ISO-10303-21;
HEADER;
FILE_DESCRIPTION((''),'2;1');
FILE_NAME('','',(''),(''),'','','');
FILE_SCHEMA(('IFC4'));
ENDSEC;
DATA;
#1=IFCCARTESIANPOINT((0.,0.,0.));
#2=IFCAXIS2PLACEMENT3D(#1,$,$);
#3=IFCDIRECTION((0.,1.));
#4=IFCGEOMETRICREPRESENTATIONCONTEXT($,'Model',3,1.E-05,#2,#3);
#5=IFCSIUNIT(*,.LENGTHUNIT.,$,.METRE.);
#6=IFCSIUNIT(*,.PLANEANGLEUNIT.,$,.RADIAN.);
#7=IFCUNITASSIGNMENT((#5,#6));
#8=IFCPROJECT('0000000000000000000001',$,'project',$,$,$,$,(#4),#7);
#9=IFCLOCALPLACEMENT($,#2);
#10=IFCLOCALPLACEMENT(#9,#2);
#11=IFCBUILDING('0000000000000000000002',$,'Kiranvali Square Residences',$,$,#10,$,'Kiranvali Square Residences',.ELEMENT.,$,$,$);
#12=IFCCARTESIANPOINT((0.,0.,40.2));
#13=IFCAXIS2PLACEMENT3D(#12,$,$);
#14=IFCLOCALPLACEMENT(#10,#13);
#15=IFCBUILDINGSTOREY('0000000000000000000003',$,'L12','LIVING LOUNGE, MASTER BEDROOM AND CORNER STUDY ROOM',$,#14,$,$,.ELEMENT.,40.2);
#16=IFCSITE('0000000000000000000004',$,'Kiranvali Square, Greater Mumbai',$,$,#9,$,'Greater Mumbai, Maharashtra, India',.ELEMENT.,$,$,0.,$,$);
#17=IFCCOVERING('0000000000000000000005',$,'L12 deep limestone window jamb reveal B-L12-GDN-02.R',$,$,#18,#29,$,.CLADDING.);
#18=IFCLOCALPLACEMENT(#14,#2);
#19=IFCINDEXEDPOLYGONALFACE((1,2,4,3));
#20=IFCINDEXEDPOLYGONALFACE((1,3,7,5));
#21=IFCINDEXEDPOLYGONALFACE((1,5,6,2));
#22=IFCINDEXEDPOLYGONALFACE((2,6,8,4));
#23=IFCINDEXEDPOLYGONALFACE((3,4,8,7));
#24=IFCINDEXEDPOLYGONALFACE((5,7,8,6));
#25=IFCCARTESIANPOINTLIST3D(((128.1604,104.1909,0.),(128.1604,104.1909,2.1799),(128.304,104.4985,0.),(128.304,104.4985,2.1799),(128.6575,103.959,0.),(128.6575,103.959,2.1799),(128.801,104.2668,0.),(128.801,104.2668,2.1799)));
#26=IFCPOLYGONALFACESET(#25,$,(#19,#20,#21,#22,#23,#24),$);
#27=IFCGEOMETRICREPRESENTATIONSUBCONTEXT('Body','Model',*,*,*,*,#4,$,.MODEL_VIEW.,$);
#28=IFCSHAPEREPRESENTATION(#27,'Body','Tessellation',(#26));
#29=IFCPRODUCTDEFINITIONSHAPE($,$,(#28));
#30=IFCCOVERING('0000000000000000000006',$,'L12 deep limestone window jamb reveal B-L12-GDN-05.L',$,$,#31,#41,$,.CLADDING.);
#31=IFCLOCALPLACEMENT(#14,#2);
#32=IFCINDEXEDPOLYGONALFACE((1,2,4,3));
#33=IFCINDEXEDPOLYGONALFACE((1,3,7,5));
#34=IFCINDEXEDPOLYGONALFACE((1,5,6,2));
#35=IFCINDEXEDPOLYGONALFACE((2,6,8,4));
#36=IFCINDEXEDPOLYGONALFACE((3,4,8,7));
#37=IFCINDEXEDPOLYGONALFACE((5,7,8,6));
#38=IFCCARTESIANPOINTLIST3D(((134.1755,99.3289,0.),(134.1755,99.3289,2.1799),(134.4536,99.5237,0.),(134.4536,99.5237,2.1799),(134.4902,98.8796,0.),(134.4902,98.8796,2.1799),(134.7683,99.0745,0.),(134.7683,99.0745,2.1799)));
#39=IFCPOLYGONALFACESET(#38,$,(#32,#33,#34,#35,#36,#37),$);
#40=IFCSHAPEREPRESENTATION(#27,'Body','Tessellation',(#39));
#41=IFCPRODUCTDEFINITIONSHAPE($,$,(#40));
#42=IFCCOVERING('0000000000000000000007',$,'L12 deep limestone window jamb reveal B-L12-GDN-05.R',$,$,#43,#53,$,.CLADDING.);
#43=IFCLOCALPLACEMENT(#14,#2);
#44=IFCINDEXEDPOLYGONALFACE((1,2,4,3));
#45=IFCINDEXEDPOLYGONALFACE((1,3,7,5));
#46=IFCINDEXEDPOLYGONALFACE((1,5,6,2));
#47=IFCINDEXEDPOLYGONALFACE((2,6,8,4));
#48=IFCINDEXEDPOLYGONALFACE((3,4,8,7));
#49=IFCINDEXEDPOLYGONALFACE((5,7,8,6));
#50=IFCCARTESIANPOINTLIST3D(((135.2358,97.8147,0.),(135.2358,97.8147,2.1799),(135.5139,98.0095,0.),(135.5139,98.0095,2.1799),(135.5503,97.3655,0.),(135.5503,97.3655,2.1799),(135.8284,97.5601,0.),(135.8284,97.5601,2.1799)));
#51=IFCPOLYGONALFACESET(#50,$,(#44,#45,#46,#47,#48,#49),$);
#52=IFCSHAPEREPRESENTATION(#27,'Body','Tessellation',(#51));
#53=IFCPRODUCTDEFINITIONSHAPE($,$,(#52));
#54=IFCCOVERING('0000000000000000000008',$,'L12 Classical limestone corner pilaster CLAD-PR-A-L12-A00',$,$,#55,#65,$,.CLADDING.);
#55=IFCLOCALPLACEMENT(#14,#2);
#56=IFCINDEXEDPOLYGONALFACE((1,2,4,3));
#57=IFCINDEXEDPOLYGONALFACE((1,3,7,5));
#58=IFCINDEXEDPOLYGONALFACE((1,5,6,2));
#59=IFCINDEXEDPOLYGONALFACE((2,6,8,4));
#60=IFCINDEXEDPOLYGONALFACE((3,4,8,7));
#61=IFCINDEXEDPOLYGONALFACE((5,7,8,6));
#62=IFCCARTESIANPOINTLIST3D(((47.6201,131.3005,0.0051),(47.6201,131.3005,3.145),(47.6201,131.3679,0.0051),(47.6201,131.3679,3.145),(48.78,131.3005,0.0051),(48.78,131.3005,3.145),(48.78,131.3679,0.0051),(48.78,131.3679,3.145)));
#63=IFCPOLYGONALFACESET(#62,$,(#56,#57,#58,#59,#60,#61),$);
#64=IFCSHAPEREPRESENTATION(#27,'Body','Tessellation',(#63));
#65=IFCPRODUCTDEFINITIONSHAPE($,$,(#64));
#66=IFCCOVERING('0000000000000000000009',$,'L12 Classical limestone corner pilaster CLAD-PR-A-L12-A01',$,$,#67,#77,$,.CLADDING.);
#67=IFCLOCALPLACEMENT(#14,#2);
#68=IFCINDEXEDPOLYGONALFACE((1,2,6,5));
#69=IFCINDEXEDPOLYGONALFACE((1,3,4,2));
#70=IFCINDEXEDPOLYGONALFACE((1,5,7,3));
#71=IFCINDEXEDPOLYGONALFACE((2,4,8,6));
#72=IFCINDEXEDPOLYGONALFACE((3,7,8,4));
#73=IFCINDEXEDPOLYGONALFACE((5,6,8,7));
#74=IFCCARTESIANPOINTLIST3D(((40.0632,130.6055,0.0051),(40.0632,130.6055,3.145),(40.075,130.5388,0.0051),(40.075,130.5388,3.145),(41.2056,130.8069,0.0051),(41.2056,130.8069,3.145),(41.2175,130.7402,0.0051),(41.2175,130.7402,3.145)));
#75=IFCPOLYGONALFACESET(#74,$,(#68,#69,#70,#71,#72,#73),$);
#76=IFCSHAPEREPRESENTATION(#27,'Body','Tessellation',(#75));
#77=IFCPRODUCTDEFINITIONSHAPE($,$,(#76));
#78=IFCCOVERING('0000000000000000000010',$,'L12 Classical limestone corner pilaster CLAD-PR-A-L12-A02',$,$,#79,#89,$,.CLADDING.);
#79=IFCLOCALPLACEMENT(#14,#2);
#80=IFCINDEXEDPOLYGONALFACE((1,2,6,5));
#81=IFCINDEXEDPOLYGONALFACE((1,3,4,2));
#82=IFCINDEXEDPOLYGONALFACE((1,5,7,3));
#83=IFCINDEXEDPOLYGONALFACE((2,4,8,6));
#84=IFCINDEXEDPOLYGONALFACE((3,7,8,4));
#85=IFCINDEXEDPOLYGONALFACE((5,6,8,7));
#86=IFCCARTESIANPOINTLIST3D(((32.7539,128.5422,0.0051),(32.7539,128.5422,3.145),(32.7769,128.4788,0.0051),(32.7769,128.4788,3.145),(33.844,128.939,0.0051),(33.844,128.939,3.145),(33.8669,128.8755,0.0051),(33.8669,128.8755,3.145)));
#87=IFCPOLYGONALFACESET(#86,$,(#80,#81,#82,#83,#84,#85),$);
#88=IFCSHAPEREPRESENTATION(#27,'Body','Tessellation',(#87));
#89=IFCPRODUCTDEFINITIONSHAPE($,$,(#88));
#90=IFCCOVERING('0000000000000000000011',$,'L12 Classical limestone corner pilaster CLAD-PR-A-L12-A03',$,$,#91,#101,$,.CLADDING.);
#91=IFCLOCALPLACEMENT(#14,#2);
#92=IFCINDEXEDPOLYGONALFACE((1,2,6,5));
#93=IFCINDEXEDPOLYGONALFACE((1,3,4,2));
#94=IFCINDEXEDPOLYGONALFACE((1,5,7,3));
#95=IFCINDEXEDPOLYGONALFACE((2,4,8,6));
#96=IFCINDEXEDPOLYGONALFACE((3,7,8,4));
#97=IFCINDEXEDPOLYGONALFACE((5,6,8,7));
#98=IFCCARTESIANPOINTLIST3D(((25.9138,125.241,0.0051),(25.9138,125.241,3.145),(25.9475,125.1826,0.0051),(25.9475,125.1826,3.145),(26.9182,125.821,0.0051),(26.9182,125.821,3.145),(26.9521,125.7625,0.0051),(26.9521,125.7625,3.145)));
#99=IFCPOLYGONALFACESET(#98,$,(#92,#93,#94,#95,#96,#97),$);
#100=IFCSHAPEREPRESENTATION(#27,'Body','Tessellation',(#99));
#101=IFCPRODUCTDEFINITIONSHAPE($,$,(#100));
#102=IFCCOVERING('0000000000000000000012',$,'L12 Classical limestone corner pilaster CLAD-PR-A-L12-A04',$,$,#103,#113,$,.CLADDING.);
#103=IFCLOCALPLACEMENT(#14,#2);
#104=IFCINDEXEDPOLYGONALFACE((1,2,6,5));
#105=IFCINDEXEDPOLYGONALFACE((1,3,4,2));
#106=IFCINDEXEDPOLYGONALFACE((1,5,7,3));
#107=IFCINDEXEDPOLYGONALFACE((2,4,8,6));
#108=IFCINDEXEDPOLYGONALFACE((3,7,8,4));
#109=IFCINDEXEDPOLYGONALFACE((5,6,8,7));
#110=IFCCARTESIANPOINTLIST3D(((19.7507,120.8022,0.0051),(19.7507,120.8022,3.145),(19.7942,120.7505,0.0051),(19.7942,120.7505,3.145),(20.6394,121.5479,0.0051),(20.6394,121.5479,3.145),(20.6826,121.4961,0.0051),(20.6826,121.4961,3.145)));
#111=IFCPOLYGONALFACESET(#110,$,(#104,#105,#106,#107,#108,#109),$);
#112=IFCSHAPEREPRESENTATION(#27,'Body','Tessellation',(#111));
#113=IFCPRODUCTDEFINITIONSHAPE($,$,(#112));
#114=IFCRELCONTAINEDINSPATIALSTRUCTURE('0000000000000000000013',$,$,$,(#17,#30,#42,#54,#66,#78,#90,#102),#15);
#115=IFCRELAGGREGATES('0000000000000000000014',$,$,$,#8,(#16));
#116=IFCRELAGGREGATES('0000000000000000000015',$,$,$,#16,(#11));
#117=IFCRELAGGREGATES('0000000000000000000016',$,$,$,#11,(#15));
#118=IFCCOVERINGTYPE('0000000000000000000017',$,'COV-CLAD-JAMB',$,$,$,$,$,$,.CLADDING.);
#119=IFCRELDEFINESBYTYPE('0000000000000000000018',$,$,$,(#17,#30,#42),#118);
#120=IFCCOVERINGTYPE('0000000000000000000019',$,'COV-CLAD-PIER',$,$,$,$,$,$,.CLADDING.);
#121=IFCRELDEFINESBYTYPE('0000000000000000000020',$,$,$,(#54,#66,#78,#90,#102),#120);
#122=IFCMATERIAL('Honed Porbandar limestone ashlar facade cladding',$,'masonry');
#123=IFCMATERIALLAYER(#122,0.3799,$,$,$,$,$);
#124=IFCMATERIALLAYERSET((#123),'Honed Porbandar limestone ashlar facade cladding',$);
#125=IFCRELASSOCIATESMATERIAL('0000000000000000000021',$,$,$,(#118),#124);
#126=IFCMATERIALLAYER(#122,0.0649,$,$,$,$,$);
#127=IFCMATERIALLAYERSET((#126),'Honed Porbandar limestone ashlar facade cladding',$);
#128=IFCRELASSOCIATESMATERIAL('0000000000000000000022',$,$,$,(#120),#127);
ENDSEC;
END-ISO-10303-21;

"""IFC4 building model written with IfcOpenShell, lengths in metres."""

from ifc_helpers import new_model, si_unit, direction, frame, origin, place, context, subcontext, project, spatial, polyline, outline, extrude, material, layer, layer_set, type_object, element, save


model = new_model("IFC4")

# Units and contexts
model_context = context("Model", 3, precision=1e-05, world=origin(), true_north=direction((0.0, 1.0)))
body_context = subcontext(model_context, "Body", "Model", "MODEL_VIEW")
ifc_project = project(units=[si_unit("LENGTHUNIT", "METRE"), si_unit("PLANEANGLEUNIT", "RADIAN")], contexts=[model_context])

# Site, building, storey
site_placement = place(None, origin())
site = spatial("IfcSite", under=ifc_project, at=site_placement, Name="Kiranvali Square, Greater Mumbai", LongName="Greater Mumbai, Maharashtra, India", CompositionType="ELEMENT", RefElevation=0.0)
building_placement = place(site_placement, origin())
building = spatial("IfcBuilding", under=site, at=building_placement, Name="Kiranvali Square Residences", LongName="Kiranvali Square Residences", CompositionType="ELEMENT")
storey_placement = place(building_placement, frame((0.0, 0.0, 40.2)))
storey = spatial("IfcBuildingStorey", under=building, at=storey_placement, Name="L12", Description="LIVING LOUNGE, MASTER BEDROOM AND CORNER STUDY ROOM", CompositionType="ELEMENT", Elevation=40.2)

# Coverings
ifc_material_1 = material(Name="Honed Porbandar limestone ashlar facade cladding", Category="masonry")
ifc_layer_1 = layer(ifc_material_1, 0.3799)
ifc_layer_set_1 = layer_set([ifc_layer_1], Name="Honed Porbandar limestone ashlar facade cladding")
covering_type_1 = type_object("IfcCoveringType", Name="COV-CLAD-JAMB", PredefinedType="CLADDING", material=ifc_layer_set_1)
covering_1_placement = place(storey_placement, origin())
element("IfcCovering", 1, at=covering_1_placement, inside=storey, type_object=covering_type_1, Name="L12 deep limestone window jamb reveal B-L12-GDN-02.R", PredefinedType="CLADDING", context=body_context, shape_type="SweptSolid", body=[
    extrude(outline(polyline([(128.1604, 104.1909), (128.6575, 103.959), (128.801, 104.2668), (128.304, 104.4985), (128.1604, 104.1909)])), origin(), (0.0, 0.0, 1.0), 2.1799),
])
covering_2_placement = place(storey_placement, origin())
element("IfcCovering", 2, at=covering_2_placement, inside=storey, type_object=covering_type_1, Name="L12 deep limestone window jamb reveal B-L12-GDN-05.L", PredefinedType="CLADDING", context=body_context, shape_type="SweptSolid", body=[
    extrude(outline(polyline([(134.1755, 99.3289), (134.4902, 98.8796), (134.7683, 99.0745), (134.4536, 99.5237), (134.1755, 99.3289)])), origin(), (0.0, 0.0, 1.0), 2.1799),
])
covering_3_placement = place(storey_placement, origin())
element("IfcCovering", 3, at=covering_3_placement, inside=storey, type_object=covering_type_1, Name="L12 deep limestone window jamb reveal B-L12-GDN-05.R", PredefinedType="CLADDING", context=body_context, shape_type="SweptSolid", body=[
    extrude(outline(polyline([(135.2358, 97.8147), (135.5503, 97.3655), (135.8284, 97.5601), (135.5139, 98.0095), (135.2358, 97.8147)])), origin(), (0.0, 0.0, 1.0), 2.1799),
])
ifc_layer_2 = layer(ifc_material_1, 0.0649)
ifc_layer_set_2 = layer_set([ifc_layer_2], Name="Honed Porbandar limestone ashlar facade cladding")
covering_type_2 = type_object("IfcCoveringType", Name="COV-CLAD-PIER", PredefinedType="CLADDING", material=ifc_layer_set_2)
covering_4_placement = place(storey_placement, frame((0.0, 0.0, 0.0051)))
element("IfcCovering", 4, at=covering_4_placement, inside=storey, type_object=covering_type_2, Name="L12 Classical limestone corner pilaster CLAD-PR-A-L12-A00", PredefinedType="CLADDING", context=body_context, shape_type="SweptSolid", body=[
    extrude(outline(polyline([(48.78, 131.3679), (47.6201, 131.3679), (47.6201, 131.3005), (48.78, 131.3005), (48.78, 131.3679)])), origin(), (0.0, 0.0, 1.0), 3.1399),
])
covering_5_placement = place(storey_placement, frame((0.0, 0.0, 0.0051)))
element("IfcCovering", 5, at=covering_5_placement, inside=storey, type_object=covering_type_2, Name="L12 Classical limestone corner pilaster CLAD-PR-A-L12-A01", PredefinedType="CLADDING", context=body_context, shape_type="SweptSolid", body=[
    extrude(outline(polyline([(41.2056, 130.8069), (40.0632, 130.6055), (40.075, 130.5388), (41.2175, 130.7402), (41.2056, 130.8069)])), origin(), (0.0, 0.0, 1.0), 3.1399),
])
covering_6_placement = place(storey_placement, frame((0.0, 0.0, 0.0051)))
element("IfcCovering", 6, at=covering_6_placement, inside=storey, type_object=covering_type_2, Name="L12 Classical limestone corner pilaster CLAD-PR-A-L12-A02", PredefinedType="CLADDING", context=body_context, shape_type="SweptSolid", body=[
    extrude(outline(polyline([(33.844, 128.939), (32.7539, 128.5422), (32.7769, 128.4788), (33.8669, 128.8755), (33.844, 128.939)])), origin(), (0.0, 0.0, 1.0), 3.1399),
])
covering_7_placement = place(storey_placement, frame((0.0, 0.0, 0.0051)))
element("IfcCovering", 7, at=covering_7_placement, inside=storey, type_object=covering_type_2, Name="L12 Classical limestone corner pilaster CLAD-PR-A-L12-A03", PredefinedType="CLADDING", context=body_context, shape_type="SweptSolid", body=[
    extrude(outline(polyline([(26.9182, 125.821), (25.9138, 125.241), (25.9475, 125.1826), (26.9521, 125.7625), (26.9182, 125.821)])), origin(), (0.0, 0.0, 1.0), 3.1399),
])
covering_8_placement = place(storey_placement, frame((0.0, 0.0, 0.0051)))
element("IfcCovering", 8, at=covering_8_placement, inside=storey, type_object=covering_type_2, Name="L12 Classical limestone corner pilaster CLAD-PR-A-L12-A04", PredefinedType="CLADDING", context=body_context, shape_type="SweptSolid", body=[
    extrude(outline(polyline([(20.6394, 121.5479), (19.7507, 120.8022), (19.7942, 120.7505), (20.6826, 121.4961), (20.6394, 121.5479)])), origin(), (0.0, 0.0, 1.0), 3.1399),
])

save(model, "model.ifc")
